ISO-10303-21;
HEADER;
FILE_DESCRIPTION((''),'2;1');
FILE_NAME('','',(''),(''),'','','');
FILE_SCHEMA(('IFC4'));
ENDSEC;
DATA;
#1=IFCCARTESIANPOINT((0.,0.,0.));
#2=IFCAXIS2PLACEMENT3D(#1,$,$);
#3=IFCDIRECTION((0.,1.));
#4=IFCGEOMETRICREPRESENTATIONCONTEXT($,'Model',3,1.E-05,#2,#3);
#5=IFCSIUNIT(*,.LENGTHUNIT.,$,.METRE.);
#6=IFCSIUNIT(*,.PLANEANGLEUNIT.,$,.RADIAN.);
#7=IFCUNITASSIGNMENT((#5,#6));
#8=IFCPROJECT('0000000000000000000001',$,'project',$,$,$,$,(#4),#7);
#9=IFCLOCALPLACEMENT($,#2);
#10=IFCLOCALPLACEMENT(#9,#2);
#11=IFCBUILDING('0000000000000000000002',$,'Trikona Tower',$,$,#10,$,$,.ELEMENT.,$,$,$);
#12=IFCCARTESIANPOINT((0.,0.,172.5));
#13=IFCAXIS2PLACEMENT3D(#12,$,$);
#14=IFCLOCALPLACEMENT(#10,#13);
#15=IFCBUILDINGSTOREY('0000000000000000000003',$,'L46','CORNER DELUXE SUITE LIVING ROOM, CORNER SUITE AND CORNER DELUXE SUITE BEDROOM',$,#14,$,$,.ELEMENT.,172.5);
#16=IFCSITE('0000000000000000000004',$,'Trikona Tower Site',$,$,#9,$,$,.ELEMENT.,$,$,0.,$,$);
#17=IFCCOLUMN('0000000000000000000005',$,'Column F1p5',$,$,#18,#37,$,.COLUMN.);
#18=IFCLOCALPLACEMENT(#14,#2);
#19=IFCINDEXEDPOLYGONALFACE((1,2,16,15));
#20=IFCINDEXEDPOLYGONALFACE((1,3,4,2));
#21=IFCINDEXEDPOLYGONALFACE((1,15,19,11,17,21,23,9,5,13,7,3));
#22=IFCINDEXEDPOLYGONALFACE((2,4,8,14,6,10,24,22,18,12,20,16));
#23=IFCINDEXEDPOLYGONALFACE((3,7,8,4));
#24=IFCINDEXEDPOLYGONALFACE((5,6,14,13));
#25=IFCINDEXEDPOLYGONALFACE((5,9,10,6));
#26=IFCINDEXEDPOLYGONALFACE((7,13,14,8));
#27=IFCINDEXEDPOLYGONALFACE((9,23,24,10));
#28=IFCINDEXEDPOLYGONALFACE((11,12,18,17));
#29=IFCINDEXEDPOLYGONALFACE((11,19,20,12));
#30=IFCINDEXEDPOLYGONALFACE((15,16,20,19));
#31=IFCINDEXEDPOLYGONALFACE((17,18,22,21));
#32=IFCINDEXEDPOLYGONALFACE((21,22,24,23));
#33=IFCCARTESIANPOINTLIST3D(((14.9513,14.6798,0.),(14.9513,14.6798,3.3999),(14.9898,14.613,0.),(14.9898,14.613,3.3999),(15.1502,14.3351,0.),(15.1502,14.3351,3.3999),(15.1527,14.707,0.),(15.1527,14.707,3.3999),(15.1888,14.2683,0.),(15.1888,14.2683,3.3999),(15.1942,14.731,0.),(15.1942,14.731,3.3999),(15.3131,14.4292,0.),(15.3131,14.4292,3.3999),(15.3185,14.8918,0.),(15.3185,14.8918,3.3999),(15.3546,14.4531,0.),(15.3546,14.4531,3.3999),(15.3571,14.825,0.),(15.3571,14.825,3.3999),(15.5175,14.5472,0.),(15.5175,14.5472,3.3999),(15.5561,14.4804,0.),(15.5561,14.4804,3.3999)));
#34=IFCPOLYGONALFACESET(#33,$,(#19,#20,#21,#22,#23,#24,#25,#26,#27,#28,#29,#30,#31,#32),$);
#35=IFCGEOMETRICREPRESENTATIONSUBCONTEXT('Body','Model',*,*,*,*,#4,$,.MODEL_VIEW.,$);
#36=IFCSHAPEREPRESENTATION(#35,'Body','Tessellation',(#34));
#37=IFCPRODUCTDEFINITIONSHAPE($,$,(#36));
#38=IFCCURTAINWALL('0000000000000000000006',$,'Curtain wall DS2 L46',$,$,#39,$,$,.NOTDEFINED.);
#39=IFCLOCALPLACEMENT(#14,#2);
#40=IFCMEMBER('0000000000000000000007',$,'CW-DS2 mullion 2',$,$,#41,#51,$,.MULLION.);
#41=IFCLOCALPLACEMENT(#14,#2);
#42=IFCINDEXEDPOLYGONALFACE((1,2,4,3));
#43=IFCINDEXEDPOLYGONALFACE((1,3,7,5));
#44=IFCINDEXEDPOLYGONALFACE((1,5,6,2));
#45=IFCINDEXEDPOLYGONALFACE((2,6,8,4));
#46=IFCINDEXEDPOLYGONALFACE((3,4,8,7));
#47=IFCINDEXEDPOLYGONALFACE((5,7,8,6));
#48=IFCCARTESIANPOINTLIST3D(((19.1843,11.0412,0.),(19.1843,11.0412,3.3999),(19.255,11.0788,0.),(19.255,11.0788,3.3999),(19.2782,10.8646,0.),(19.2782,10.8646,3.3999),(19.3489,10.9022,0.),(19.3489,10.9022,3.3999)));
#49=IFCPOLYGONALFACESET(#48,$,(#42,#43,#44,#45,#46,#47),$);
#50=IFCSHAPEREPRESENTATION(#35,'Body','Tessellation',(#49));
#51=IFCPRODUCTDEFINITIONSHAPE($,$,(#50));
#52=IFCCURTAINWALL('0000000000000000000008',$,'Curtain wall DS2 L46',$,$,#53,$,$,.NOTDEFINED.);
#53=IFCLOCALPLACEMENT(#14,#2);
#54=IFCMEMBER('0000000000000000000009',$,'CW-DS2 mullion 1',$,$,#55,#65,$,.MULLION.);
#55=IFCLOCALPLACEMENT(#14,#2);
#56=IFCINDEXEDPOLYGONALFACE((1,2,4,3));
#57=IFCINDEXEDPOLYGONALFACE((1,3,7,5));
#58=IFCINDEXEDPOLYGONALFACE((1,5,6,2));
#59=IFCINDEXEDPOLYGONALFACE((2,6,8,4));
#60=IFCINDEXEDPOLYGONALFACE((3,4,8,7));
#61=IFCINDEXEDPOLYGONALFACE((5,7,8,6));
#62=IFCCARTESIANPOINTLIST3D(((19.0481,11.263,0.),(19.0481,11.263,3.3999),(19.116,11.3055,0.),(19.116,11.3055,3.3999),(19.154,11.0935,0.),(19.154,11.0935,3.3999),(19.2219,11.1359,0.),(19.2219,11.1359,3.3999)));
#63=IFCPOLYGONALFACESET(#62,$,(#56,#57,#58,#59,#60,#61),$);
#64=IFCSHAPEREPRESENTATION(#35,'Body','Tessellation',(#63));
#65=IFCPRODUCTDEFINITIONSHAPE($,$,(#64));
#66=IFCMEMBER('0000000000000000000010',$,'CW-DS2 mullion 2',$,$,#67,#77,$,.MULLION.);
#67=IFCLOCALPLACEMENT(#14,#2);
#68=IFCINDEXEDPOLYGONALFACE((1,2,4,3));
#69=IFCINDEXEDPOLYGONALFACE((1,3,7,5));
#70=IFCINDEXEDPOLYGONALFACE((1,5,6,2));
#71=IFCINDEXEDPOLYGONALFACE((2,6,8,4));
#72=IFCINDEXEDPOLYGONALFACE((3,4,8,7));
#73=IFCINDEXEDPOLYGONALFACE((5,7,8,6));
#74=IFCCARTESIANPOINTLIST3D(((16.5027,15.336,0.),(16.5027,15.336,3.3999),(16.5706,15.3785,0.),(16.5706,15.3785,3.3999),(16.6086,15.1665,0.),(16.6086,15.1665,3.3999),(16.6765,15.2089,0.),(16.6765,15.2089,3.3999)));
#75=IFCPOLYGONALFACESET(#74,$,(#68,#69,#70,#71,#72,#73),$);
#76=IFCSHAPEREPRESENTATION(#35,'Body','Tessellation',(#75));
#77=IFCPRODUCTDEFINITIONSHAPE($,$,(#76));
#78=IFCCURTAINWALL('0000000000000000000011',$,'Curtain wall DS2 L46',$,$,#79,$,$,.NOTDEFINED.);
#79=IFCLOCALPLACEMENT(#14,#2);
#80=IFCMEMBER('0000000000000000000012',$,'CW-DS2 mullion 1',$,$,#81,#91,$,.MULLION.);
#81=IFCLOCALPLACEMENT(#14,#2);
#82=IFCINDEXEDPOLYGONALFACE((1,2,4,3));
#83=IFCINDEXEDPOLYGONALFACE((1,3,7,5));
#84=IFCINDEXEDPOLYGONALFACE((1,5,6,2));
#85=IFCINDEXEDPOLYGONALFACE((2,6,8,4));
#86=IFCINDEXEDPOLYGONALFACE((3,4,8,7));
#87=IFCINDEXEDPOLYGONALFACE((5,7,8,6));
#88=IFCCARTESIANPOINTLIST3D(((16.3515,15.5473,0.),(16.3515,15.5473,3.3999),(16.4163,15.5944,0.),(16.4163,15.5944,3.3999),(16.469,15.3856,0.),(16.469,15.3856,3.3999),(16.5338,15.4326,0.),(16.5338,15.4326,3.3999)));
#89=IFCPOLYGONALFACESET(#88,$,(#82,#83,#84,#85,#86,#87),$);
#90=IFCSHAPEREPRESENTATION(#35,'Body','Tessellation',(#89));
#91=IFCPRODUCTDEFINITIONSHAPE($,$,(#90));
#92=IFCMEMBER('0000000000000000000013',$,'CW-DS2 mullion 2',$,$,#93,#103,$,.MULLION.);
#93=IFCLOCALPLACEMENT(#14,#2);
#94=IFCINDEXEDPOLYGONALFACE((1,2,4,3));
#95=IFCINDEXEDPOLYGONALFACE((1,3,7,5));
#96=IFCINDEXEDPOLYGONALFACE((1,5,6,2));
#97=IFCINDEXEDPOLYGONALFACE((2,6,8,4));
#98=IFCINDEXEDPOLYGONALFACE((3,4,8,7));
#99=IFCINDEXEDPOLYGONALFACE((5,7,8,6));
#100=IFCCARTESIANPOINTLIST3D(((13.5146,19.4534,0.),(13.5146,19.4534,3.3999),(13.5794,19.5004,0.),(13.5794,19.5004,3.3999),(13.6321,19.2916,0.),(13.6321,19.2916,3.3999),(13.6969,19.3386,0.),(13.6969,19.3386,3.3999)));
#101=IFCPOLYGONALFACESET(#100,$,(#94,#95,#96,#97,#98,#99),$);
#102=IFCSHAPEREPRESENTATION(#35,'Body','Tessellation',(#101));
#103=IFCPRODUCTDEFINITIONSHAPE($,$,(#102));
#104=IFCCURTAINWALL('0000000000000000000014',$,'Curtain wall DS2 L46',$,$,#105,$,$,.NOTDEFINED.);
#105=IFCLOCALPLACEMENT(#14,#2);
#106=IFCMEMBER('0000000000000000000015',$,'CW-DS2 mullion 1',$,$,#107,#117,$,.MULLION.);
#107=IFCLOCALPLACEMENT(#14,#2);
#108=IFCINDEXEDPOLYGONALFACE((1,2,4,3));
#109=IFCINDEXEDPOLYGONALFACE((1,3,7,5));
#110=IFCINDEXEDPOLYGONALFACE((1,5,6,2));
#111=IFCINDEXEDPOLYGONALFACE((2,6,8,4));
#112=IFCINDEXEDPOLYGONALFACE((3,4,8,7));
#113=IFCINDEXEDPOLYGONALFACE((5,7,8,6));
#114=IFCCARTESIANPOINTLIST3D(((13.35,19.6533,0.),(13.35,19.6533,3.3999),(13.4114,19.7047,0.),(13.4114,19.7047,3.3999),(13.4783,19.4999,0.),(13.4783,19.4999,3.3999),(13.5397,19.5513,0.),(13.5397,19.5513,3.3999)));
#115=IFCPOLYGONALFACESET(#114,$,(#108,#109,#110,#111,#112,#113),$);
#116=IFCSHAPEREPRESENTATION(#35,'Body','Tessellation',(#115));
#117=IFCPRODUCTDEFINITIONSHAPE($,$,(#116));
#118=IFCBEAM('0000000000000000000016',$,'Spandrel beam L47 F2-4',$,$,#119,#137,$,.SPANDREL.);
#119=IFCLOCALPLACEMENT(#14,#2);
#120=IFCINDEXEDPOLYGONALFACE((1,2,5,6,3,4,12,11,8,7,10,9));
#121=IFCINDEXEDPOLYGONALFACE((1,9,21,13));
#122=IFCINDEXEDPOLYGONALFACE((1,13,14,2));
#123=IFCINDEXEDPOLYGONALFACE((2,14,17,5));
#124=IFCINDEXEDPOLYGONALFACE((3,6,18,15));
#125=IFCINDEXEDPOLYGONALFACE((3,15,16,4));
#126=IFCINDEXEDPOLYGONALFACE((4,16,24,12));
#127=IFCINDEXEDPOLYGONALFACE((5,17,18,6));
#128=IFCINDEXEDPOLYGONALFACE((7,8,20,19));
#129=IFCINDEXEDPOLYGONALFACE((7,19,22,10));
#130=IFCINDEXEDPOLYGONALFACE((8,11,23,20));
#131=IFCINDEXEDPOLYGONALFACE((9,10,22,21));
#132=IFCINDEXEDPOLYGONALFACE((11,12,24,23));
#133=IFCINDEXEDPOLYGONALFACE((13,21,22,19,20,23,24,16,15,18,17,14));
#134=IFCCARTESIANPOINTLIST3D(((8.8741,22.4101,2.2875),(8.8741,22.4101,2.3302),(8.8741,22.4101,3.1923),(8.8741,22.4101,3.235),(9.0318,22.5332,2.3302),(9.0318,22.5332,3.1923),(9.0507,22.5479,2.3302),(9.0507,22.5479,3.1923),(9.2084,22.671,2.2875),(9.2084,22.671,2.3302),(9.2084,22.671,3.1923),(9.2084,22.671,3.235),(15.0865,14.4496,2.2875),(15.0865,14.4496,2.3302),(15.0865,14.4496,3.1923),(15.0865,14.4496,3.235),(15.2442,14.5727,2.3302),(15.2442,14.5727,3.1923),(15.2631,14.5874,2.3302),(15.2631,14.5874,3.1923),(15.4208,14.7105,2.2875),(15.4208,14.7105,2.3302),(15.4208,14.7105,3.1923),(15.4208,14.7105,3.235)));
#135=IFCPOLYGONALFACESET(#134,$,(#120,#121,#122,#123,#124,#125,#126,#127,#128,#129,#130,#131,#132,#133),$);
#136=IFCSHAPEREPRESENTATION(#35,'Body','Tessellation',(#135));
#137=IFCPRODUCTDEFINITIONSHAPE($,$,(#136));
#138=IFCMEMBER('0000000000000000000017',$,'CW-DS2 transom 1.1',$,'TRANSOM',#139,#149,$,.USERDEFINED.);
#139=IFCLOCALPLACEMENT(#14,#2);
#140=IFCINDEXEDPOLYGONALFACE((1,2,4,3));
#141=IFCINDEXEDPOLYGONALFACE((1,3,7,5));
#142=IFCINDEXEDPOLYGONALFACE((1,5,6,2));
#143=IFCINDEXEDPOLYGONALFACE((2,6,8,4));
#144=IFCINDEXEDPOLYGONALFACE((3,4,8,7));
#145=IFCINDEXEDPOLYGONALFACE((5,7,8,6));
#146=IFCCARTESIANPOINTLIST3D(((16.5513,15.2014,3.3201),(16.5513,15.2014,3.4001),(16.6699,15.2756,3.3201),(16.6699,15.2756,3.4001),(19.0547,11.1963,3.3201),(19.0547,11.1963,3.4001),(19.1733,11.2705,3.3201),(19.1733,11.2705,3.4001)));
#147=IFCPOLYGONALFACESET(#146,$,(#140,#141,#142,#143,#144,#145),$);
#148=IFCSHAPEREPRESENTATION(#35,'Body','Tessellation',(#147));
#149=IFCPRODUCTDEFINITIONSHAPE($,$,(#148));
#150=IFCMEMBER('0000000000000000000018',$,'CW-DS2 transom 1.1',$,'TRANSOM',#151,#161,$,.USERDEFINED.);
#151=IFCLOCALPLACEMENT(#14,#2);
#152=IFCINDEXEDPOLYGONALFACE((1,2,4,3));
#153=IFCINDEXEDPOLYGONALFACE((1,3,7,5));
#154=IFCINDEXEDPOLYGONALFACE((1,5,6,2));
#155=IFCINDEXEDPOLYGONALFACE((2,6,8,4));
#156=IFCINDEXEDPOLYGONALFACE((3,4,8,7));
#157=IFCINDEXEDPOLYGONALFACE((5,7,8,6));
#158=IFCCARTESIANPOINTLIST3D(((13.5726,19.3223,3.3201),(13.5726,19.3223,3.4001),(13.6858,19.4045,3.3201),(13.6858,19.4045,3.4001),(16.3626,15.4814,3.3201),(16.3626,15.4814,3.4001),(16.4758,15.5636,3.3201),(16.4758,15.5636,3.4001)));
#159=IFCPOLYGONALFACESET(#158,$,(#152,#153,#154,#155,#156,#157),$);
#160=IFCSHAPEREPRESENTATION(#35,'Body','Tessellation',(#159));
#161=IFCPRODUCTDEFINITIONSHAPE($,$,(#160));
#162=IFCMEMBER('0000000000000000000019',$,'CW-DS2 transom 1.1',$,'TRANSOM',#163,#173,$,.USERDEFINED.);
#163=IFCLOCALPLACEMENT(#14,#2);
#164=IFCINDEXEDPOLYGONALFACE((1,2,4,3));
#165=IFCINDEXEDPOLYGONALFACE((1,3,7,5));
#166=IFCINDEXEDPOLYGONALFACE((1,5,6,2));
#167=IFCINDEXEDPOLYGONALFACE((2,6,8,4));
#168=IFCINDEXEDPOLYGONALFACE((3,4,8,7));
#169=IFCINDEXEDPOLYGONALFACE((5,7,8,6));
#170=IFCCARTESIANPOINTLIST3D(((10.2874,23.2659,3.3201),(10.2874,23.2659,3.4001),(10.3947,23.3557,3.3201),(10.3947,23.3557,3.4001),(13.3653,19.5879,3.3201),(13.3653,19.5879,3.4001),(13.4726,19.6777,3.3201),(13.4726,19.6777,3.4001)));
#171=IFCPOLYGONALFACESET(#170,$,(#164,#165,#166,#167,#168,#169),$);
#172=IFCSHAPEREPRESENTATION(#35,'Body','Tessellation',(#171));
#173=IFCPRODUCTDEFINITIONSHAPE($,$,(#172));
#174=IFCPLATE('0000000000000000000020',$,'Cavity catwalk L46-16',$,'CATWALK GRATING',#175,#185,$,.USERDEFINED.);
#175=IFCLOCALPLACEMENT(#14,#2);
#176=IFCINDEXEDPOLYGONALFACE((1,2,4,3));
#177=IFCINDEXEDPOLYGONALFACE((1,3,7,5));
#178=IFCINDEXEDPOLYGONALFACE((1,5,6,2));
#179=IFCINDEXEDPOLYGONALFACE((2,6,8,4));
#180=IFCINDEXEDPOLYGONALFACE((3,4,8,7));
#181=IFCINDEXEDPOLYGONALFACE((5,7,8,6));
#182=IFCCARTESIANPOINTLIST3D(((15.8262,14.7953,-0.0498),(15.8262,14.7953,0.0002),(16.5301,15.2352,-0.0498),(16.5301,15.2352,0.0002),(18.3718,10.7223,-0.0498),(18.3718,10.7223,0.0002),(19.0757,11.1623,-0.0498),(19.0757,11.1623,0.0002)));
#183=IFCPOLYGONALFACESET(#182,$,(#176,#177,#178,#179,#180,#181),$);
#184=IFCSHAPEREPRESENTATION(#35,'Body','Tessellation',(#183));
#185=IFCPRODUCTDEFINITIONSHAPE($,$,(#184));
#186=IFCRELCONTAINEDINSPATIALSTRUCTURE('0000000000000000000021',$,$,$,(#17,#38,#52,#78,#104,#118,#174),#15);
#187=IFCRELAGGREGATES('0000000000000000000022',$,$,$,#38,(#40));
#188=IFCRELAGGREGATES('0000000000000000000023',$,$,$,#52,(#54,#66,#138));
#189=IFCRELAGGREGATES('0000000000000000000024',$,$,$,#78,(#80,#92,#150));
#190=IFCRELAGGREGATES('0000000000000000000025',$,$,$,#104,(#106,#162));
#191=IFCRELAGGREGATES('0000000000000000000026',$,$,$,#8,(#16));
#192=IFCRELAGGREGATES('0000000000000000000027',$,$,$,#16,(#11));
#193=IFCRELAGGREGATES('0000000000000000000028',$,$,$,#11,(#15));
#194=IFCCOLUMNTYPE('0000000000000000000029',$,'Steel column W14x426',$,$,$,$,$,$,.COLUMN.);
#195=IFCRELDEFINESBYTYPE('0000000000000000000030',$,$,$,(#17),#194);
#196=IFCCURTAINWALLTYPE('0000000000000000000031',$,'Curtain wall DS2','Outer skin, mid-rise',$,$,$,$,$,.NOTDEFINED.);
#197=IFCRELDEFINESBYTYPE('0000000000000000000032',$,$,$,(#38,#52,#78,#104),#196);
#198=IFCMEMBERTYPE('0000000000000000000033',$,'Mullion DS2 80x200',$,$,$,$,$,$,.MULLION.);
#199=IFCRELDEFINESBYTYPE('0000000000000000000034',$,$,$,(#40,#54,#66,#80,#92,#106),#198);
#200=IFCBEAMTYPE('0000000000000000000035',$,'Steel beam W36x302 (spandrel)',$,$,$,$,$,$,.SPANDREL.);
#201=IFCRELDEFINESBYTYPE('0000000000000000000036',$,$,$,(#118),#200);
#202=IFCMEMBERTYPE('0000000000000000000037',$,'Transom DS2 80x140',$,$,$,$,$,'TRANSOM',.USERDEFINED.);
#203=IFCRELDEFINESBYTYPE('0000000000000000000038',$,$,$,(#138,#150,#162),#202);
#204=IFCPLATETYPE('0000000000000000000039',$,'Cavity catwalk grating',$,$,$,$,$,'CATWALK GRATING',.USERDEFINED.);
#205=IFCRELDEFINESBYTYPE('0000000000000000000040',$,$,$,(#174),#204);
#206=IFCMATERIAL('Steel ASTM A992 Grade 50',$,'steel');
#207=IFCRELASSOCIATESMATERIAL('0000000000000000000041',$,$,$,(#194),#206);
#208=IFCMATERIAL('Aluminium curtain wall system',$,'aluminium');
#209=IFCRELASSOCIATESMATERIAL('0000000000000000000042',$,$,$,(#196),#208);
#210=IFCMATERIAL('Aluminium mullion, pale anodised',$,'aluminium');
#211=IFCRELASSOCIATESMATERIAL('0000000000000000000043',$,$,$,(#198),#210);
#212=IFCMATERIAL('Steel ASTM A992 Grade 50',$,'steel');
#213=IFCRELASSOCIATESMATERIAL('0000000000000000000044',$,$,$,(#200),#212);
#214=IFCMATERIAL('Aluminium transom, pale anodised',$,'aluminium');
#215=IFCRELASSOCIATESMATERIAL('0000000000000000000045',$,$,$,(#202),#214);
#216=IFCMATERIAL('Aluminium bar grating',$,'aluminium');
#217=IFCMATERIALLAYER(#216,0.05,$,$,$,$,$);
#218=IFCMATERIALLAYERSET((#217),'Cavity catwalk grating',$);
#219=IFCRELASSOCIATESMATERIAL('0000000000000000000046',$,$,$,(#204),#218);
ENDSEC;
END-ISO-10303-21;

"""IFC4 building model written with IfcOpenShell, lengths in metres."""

from ifc_helpers import new_model, si_unit, direction, frame, origin, origin_2d, place, context, subcontext, project, spatial, rectangle, i_section, extrude, material, layer, layer_set, material_profile, profile_set, type_object, element, aggregate, save


model = new_model("IFC4")

# Units and contexts
model_context = context("Model", 3, precision=1e-05, world=origin(), true_north=direction((0.0, 1.0)))
body_context = subcontext(model_context, "Body", "Model", "MODEL_VIEW")
ifc_project = project(units=[si_unit("LENGTHUNIT", "METRE"), si_unit("PLANEANGLEUNIT", "RADIAN")], contexts=[model_context])

# Site, building, storey
site_placement = place(None, origin())
site = spatial("IfcSite", under=ifc_project, at=site_placement, Name="Trikona Tower Site", CompositionType="ELEMENT", RefElevation=0.0)
building_placement = place(site_placement, origin())
building = spatial("IfcBuilding", under=site, at=building_placement, Name="Trikona Tower", CompositionType="ELEMENT")
storey_placement = place(building_placement, frame((0.0, 0.0, 172.5)))
storey = spatial("IfcBuildingStorey", under=building, at=storey_placement, Name="L46", Description="CORNER DELUXE SUITE LIVING ROOM, CORNER SUITE AND CORNER DELUXE SUITE BEDROOM", CompositionType="ELEMENT", Elevation=172.5)

# Column
ifc_material_1 = material(Name="Steel ASTM A992 Grade 50", Category="steel")
ifc_material_profile_1 = material_profile(ifc_material_1, i_section(OverallWidth=0.4241, OverallDepth=0.4751, WebThickness=0.0479, FlangeThickness=0.0771, at=origin_2d()), Name="W14X426")
ifc_profile_set_1 = profile_set([ifc_material_profile_1], Name="Steel ASTM A992 Grade 50")
column_type = type_object("IfcColumnType", Name="Steel column W14x426", PredefinedType="COLUMN", material=ifc_profile_set_1)
column_placement = place(storey_placement, frame((15.2537, 14.5801, 0.0), z_axis=(0.0, 0.0, 1.0), x_axis=(0.866025, 0.5, 0.0)))
element("IfcColumn", 1, at=column_placement, inside=storey, type_object=column_type, Name="Column F1p5", PredefinedType="COLUMN", context=body_context, shape_type="SweptSolid", body=[
    extrude(i_section(OverallWidth=0.4241, OverallDepth=0.4751, WebThickness=0.0479, FlangeThickness=0.0771, at=origin_2d()), origin(), (0.0, 0.0, 1.0), 3.3999),
])

# Curtain wall, member
ifc_material_2 = material(Name="Aluminium curtain wall system", Category="aluminium")
curtain_wall_type = type_object("IfcCurtainWallType", Name="Curtain wall DS2", Description="Outer skin, mid-rise", PredefinedType="NOTDEFINED", material=ifc_material_2)
curtain_wall_1_placement = place(storey_placement, origin())
curtain_wall_1 = element("IfcCurtainWall", 2, at=curtain_wall_1_placement, inside=storey, type_object=curtain_wall_type, Name="Curtain wall DS2 L46", PredefinedType="NOTDEFINED")
ifc_material_3 = material(Name="Aluminium mullion, pale anodised", Category="aluminium")
ifc_material_profile_2 = material_profile(ifc_material_3, rectangle(XDim=0.0801, YDim=0.2, at=origin_2d()), Name="MUL-DS2")
ifc_profile_set_2 = profile_set([ifc_material_profile_2], Name="Aluminium mullion, pale anodised")
member_type_1 = type_object("IfcMemberType", Name="Mullion DS2 80x200", PredefinedType="MULLION", material=ifc_profile_set_2)
member_1_placement = place(storey_placement, frame((19.2666, 10.9717, 0.0), z_axis=(0.0, 0.0, 1.0), x_axis=(-0.882996, -0.46938, 0.0)))
member_1 = element("IfcMember", 3, at=member_1_placement, type_object=member_type_1, Name="CW-DS2 mullion 2", PredefinedType="MULLION", context=body_context, shape_type="SweptSolid", body=[
    extrude(rectangle(XDim=0.0801, YDim=0.2, at=origin_2d()), origin(), (0.0, 0.0, 1.0), 3.3999),
])
aggregate(curtain_wall_1, [member_1])

# Curtain walls, members
curtain_wall_2_placement = place(storey_placement, origin())
curtain_wall_2 = element("IfcCurtainWall", 4, at=curtain_wall_2_placement, inside=storey, type_object=curtain_wall_type, Name="Curtain wall DS2 L46", PredefinedType="NOTDEFINED")
member_2_placement = place(storey_placement, frame((19.135, 11.1995, 0.0), z_axis=(0.0, 0.0, 1.0), x_axis=(-0.847998, -0.529999, 0.0)))
member_2 = element("IfcMember", 5, at=member_2_placement, type_object=member_type_1, Name="CW-DS2 mullion 1", PredefinedType="MULLION", context=body_context, shape_type="SweptSolid", body=[
    extrude(rectangle(XDim=0.0801, YDim=0.2, at=origin_2d()), origin(), (0.0, 0.0, 1.0), 3.3999),
])
member_3_placement = place(storey_placement, frame((16.5896, 15.2725, 0.0), z_axis=(0.0, 0.0, 1.0), x_axis=(-0.847998, -0.529999, 0.0)))
member_3 = element("IfcMember", 6, at=member_3_placement, type_object=member_type_1, Name="CW-DS2 mullion 2", PredefinedType="MULLION", context=body_context, shape_type="SweptSolid", body=[
    extrude(rectangle(XDim=0.0801, YDim=0.2, at=origin_2d()), origin(), (0.0, 0.0, 1.0), 3.3999),
])
curtain_wall_3_placement = place(storey_placement, origin())
curtain_wall_3 = element("IfcCurtainWall", 7, at=curtain_wall_3_placement, inside=storey, type_object=curtain_wall_type, Name="Curtain wall DS2 L46", PredefinedType="NOTDEFINED")
member_4_placement = place(storey_placement, frame((16.4426, 15.49, 0.0), z_axis=(0.0, 0.0, 1.0), x_axis=(-0.809086, -0.587691, 0.0)))
member_4 = element("IfcMember", 8, at=member_4_placement, type_object=member_type_1, Name="CW-DS2 mullion 1", PredefinedType="MULLION", context=body_context, shape_type="SweptSolid", body=[
    extrude(rectangle(XDim=0.0801, YDim=0.2, at=origin_2d()), origin(), (0.0, 0.0, 1.0), 3.3999),
])
member_5_placement = place(storey_placement, frame((13.6057, 19.396, 0.0), z_axis=(0.0, 0.0, 1.0), x_axis=(-0.809086, -0.587691, 0.0)))
member_5 = element("IfcMember", 9, at=member_5_placement, type_object=member_type_1, Name="CW-DS2 mullion 2", PredefinedType="MULLION", context=body_context, shape_type="SweptSolid", body=[
    extrude(rectangle(XDim=0.0801, YDim=0.2, at=origin_2d()), origin(), (0.0, 0.0, 1.0), 3.3999),
])

# Curtain wall, member
curtain_wall_4_placement = place(storey_placement, origin())
curtain_wall_4 = element("IfcCurtainWall", 10, at=curtain_wall_4_placement, inside=storey, type_object=curtain_wall_type, Name="Curtain wall DS2 L46", PredefinedType="NOTDEFINED")
member_6_placement = place(storey_placement, frame((13.4448, 19.6023, 0.0), z_axis=(0.0, 0.0, 1.0), x_axis=(-0.766867, -0.641806, 0.0)))
member_6 = element("IfcMember", 11, at=member_6_placement, type_object=member_type_1, Name="CW-DS2 mullion 1", PredefinedType="MULLION", context=body_context, shape_type="SweptSolid", body=[
    extrude(rectangle(XDim=0.0801, YDim=0.2, at=origin_2d()), origin(), (0.0, 0.0, 1.0), 3.3999),
])

# Beam
ifc_material_4 = material(Name="Steel ASTM A992 Grade 50", Category="steel")
ifc_material_profile_3 = material_profile(ifc_material_4, i_section(OverallWidth=0.4241, OverallDepth=0.9475, WebThickness=0.0239, FlangeThickness=0.0427, at=origin_2d()), Name="W36X302")
ifc_profile_set_3 = profile_set([ifc_material_profile_3], Name="Steel ASTM A992 Grade 50")
beam_type = type_object("IfcBeamType", Name="Steel beam W36x302 (spandrel)", PredefinedType="SPANDREL", material=ifc_profile_set_3)
beam_placement = place(storey_placement, frame((15.2537, 14.5801, 2.7612), z_axis=(-0.615232, 0.788346, 0.0), x_axis=(-0.788346, -0.615232, 0.0)))
element("IfcBeam", 12, at=beam_placement, inside=storey, type_object=beam_type, Name="Spandrel beam L47 F2-4", PredefinedType="SPANDREL", context=body_context, shape_type="SweptSolid", body=[
    extrude(i_section(OverallWidth=0.4241, OverallDepth=0.9475, WebThickness=0.0239, FlangeThickness=0.0427, at=origin_2d()), origin(), (0.0, 0.0, 1.0), 10.0977),
])

# Members
ifc_material_5 = material(Name="Aluminium transom, pale anodised", Category="aluminium")
ifc_material_profile_4 = material_profile(ifc_material_5, rectangle(XDim=0.1399, YDim=0.0801, at=origin_2d()), Name="TRN-DS2")
ifc_profile_set_4 = profile_set([ifc_material_profile_4], Name="Aluminium transom, pale anodised")
member_type_2 = type_object("IfcMemberType", Name="Transom DS2 80x140", ElementType="TRANSOM", PredefinedType="USERDEFINED", material=ifc_profile_set_4)
member_7_placement = place(storey_placement, frame((19.114, 11.2334, 3.3601), z_axis=(-0.530031, 0.847978, 0.0), x_axis=(-0.847978, -0.530031, 0.0)))
member_7 = element("IfcMember", 13, at=member_7_placement, type_object=member_type_2, Name="CW-DS2 transom 1.1", ObjectType="TRANSOM", PredefinedType="USERDEFINED", context=body_context, shape_type="SweptSolid", body=[
    extrude(rectangle(XDim=0.1399, YDim=0.0801, at=origin_2d()), origin(), (0.0, 0.0, 1.0), 4.7231),
])
member_8_placement = place(storey_placement, frame((16.4192, 15.5225, 3.3601), z_axis=(-0.587695, 0.809083, 0.0), x_axis=(-0.809083, -0.587695, 0.0)))
member_8 = element("IfcMember", 14, at=member_8_placement, type_object=member_type_2, Name="CW-DS2 transom 1.1", ObjectType="TRANSOM", PredefinedType="USERDEFINED", context=body_context, shape_type="SweptSolid", body=[
    extrude(rectangle(XDim=0.1399, YDim=0.0801, at=origin_2d()), origin(), (0.0, 0.0, 1.0), 4.7473),
])
member_9_placement = place(storey_placement, frame((13.4189, 19.6328, 3.3601), z_axis=(-0.64177, 0.766897, 0.0), x_axis=(-0.766897, -0.64177, 0.0)))
member_9 = element("IfcMember", 15, at=member_9_placement, type_object=member_type_2, Name="CW-DS2 transom 1.1", ObjectType="TRANSOM", PredefinedType="USERDEFINED", context=body_context, shape_type="SweptSolid", body=[
    extrude(rectangle(XDim=0.1399, YDim=0.0801, at=origin_2d()), origin(), (0.0, 0.0, 1.0), 4.7959),
])

# Plate
ifc_material_6 = material(Name="Aluminium bar grating", Category="aluminium")
ifc_layer_1 = layer(ifc_material_6, 0.05)
ifc_layer_set_1 = layer_set([ifc_layer_1], Name="Cavity catwalk grating")
plate_type_1 = type_object("IfcPlateType", Name="Cavity catwalk grating", ElementType="CATWALK GRATING", PredefinedType="USERDEFINED", material=ifc_layer_set_1)
plate_1_placement = place(storey_placement, frame((17.4509, 12.9788, -0.0498), z_axis=(0.0, 0.0, 1.0), x_axis=(-0.529995, 0.848001, 0.0)))
element("IfcPlate", 16, at=plate_1_placement, inside=storey, type_object=plate_type_1, Name="Cavity catwalk L46-16", ObjectType="CATWALK GRATING", PredefinedType="USERDEFINED", context=body_context, shape_type="SweptSolid", body=[
    extrude(rectangle(XDim=4.803, YDim=0.8301, at=origin_2d()), origin(), (0.0, 0.0, 1.0), 0.05),
])

aggregate(curtain_wall_2, [member_2, member_3, member_7])
aggregate(curtain_wall_3, [member_4, member_5, member_8])
aggregate(curtain_wall_4, [member_6, member_9])

save(model, "model.ifc")
